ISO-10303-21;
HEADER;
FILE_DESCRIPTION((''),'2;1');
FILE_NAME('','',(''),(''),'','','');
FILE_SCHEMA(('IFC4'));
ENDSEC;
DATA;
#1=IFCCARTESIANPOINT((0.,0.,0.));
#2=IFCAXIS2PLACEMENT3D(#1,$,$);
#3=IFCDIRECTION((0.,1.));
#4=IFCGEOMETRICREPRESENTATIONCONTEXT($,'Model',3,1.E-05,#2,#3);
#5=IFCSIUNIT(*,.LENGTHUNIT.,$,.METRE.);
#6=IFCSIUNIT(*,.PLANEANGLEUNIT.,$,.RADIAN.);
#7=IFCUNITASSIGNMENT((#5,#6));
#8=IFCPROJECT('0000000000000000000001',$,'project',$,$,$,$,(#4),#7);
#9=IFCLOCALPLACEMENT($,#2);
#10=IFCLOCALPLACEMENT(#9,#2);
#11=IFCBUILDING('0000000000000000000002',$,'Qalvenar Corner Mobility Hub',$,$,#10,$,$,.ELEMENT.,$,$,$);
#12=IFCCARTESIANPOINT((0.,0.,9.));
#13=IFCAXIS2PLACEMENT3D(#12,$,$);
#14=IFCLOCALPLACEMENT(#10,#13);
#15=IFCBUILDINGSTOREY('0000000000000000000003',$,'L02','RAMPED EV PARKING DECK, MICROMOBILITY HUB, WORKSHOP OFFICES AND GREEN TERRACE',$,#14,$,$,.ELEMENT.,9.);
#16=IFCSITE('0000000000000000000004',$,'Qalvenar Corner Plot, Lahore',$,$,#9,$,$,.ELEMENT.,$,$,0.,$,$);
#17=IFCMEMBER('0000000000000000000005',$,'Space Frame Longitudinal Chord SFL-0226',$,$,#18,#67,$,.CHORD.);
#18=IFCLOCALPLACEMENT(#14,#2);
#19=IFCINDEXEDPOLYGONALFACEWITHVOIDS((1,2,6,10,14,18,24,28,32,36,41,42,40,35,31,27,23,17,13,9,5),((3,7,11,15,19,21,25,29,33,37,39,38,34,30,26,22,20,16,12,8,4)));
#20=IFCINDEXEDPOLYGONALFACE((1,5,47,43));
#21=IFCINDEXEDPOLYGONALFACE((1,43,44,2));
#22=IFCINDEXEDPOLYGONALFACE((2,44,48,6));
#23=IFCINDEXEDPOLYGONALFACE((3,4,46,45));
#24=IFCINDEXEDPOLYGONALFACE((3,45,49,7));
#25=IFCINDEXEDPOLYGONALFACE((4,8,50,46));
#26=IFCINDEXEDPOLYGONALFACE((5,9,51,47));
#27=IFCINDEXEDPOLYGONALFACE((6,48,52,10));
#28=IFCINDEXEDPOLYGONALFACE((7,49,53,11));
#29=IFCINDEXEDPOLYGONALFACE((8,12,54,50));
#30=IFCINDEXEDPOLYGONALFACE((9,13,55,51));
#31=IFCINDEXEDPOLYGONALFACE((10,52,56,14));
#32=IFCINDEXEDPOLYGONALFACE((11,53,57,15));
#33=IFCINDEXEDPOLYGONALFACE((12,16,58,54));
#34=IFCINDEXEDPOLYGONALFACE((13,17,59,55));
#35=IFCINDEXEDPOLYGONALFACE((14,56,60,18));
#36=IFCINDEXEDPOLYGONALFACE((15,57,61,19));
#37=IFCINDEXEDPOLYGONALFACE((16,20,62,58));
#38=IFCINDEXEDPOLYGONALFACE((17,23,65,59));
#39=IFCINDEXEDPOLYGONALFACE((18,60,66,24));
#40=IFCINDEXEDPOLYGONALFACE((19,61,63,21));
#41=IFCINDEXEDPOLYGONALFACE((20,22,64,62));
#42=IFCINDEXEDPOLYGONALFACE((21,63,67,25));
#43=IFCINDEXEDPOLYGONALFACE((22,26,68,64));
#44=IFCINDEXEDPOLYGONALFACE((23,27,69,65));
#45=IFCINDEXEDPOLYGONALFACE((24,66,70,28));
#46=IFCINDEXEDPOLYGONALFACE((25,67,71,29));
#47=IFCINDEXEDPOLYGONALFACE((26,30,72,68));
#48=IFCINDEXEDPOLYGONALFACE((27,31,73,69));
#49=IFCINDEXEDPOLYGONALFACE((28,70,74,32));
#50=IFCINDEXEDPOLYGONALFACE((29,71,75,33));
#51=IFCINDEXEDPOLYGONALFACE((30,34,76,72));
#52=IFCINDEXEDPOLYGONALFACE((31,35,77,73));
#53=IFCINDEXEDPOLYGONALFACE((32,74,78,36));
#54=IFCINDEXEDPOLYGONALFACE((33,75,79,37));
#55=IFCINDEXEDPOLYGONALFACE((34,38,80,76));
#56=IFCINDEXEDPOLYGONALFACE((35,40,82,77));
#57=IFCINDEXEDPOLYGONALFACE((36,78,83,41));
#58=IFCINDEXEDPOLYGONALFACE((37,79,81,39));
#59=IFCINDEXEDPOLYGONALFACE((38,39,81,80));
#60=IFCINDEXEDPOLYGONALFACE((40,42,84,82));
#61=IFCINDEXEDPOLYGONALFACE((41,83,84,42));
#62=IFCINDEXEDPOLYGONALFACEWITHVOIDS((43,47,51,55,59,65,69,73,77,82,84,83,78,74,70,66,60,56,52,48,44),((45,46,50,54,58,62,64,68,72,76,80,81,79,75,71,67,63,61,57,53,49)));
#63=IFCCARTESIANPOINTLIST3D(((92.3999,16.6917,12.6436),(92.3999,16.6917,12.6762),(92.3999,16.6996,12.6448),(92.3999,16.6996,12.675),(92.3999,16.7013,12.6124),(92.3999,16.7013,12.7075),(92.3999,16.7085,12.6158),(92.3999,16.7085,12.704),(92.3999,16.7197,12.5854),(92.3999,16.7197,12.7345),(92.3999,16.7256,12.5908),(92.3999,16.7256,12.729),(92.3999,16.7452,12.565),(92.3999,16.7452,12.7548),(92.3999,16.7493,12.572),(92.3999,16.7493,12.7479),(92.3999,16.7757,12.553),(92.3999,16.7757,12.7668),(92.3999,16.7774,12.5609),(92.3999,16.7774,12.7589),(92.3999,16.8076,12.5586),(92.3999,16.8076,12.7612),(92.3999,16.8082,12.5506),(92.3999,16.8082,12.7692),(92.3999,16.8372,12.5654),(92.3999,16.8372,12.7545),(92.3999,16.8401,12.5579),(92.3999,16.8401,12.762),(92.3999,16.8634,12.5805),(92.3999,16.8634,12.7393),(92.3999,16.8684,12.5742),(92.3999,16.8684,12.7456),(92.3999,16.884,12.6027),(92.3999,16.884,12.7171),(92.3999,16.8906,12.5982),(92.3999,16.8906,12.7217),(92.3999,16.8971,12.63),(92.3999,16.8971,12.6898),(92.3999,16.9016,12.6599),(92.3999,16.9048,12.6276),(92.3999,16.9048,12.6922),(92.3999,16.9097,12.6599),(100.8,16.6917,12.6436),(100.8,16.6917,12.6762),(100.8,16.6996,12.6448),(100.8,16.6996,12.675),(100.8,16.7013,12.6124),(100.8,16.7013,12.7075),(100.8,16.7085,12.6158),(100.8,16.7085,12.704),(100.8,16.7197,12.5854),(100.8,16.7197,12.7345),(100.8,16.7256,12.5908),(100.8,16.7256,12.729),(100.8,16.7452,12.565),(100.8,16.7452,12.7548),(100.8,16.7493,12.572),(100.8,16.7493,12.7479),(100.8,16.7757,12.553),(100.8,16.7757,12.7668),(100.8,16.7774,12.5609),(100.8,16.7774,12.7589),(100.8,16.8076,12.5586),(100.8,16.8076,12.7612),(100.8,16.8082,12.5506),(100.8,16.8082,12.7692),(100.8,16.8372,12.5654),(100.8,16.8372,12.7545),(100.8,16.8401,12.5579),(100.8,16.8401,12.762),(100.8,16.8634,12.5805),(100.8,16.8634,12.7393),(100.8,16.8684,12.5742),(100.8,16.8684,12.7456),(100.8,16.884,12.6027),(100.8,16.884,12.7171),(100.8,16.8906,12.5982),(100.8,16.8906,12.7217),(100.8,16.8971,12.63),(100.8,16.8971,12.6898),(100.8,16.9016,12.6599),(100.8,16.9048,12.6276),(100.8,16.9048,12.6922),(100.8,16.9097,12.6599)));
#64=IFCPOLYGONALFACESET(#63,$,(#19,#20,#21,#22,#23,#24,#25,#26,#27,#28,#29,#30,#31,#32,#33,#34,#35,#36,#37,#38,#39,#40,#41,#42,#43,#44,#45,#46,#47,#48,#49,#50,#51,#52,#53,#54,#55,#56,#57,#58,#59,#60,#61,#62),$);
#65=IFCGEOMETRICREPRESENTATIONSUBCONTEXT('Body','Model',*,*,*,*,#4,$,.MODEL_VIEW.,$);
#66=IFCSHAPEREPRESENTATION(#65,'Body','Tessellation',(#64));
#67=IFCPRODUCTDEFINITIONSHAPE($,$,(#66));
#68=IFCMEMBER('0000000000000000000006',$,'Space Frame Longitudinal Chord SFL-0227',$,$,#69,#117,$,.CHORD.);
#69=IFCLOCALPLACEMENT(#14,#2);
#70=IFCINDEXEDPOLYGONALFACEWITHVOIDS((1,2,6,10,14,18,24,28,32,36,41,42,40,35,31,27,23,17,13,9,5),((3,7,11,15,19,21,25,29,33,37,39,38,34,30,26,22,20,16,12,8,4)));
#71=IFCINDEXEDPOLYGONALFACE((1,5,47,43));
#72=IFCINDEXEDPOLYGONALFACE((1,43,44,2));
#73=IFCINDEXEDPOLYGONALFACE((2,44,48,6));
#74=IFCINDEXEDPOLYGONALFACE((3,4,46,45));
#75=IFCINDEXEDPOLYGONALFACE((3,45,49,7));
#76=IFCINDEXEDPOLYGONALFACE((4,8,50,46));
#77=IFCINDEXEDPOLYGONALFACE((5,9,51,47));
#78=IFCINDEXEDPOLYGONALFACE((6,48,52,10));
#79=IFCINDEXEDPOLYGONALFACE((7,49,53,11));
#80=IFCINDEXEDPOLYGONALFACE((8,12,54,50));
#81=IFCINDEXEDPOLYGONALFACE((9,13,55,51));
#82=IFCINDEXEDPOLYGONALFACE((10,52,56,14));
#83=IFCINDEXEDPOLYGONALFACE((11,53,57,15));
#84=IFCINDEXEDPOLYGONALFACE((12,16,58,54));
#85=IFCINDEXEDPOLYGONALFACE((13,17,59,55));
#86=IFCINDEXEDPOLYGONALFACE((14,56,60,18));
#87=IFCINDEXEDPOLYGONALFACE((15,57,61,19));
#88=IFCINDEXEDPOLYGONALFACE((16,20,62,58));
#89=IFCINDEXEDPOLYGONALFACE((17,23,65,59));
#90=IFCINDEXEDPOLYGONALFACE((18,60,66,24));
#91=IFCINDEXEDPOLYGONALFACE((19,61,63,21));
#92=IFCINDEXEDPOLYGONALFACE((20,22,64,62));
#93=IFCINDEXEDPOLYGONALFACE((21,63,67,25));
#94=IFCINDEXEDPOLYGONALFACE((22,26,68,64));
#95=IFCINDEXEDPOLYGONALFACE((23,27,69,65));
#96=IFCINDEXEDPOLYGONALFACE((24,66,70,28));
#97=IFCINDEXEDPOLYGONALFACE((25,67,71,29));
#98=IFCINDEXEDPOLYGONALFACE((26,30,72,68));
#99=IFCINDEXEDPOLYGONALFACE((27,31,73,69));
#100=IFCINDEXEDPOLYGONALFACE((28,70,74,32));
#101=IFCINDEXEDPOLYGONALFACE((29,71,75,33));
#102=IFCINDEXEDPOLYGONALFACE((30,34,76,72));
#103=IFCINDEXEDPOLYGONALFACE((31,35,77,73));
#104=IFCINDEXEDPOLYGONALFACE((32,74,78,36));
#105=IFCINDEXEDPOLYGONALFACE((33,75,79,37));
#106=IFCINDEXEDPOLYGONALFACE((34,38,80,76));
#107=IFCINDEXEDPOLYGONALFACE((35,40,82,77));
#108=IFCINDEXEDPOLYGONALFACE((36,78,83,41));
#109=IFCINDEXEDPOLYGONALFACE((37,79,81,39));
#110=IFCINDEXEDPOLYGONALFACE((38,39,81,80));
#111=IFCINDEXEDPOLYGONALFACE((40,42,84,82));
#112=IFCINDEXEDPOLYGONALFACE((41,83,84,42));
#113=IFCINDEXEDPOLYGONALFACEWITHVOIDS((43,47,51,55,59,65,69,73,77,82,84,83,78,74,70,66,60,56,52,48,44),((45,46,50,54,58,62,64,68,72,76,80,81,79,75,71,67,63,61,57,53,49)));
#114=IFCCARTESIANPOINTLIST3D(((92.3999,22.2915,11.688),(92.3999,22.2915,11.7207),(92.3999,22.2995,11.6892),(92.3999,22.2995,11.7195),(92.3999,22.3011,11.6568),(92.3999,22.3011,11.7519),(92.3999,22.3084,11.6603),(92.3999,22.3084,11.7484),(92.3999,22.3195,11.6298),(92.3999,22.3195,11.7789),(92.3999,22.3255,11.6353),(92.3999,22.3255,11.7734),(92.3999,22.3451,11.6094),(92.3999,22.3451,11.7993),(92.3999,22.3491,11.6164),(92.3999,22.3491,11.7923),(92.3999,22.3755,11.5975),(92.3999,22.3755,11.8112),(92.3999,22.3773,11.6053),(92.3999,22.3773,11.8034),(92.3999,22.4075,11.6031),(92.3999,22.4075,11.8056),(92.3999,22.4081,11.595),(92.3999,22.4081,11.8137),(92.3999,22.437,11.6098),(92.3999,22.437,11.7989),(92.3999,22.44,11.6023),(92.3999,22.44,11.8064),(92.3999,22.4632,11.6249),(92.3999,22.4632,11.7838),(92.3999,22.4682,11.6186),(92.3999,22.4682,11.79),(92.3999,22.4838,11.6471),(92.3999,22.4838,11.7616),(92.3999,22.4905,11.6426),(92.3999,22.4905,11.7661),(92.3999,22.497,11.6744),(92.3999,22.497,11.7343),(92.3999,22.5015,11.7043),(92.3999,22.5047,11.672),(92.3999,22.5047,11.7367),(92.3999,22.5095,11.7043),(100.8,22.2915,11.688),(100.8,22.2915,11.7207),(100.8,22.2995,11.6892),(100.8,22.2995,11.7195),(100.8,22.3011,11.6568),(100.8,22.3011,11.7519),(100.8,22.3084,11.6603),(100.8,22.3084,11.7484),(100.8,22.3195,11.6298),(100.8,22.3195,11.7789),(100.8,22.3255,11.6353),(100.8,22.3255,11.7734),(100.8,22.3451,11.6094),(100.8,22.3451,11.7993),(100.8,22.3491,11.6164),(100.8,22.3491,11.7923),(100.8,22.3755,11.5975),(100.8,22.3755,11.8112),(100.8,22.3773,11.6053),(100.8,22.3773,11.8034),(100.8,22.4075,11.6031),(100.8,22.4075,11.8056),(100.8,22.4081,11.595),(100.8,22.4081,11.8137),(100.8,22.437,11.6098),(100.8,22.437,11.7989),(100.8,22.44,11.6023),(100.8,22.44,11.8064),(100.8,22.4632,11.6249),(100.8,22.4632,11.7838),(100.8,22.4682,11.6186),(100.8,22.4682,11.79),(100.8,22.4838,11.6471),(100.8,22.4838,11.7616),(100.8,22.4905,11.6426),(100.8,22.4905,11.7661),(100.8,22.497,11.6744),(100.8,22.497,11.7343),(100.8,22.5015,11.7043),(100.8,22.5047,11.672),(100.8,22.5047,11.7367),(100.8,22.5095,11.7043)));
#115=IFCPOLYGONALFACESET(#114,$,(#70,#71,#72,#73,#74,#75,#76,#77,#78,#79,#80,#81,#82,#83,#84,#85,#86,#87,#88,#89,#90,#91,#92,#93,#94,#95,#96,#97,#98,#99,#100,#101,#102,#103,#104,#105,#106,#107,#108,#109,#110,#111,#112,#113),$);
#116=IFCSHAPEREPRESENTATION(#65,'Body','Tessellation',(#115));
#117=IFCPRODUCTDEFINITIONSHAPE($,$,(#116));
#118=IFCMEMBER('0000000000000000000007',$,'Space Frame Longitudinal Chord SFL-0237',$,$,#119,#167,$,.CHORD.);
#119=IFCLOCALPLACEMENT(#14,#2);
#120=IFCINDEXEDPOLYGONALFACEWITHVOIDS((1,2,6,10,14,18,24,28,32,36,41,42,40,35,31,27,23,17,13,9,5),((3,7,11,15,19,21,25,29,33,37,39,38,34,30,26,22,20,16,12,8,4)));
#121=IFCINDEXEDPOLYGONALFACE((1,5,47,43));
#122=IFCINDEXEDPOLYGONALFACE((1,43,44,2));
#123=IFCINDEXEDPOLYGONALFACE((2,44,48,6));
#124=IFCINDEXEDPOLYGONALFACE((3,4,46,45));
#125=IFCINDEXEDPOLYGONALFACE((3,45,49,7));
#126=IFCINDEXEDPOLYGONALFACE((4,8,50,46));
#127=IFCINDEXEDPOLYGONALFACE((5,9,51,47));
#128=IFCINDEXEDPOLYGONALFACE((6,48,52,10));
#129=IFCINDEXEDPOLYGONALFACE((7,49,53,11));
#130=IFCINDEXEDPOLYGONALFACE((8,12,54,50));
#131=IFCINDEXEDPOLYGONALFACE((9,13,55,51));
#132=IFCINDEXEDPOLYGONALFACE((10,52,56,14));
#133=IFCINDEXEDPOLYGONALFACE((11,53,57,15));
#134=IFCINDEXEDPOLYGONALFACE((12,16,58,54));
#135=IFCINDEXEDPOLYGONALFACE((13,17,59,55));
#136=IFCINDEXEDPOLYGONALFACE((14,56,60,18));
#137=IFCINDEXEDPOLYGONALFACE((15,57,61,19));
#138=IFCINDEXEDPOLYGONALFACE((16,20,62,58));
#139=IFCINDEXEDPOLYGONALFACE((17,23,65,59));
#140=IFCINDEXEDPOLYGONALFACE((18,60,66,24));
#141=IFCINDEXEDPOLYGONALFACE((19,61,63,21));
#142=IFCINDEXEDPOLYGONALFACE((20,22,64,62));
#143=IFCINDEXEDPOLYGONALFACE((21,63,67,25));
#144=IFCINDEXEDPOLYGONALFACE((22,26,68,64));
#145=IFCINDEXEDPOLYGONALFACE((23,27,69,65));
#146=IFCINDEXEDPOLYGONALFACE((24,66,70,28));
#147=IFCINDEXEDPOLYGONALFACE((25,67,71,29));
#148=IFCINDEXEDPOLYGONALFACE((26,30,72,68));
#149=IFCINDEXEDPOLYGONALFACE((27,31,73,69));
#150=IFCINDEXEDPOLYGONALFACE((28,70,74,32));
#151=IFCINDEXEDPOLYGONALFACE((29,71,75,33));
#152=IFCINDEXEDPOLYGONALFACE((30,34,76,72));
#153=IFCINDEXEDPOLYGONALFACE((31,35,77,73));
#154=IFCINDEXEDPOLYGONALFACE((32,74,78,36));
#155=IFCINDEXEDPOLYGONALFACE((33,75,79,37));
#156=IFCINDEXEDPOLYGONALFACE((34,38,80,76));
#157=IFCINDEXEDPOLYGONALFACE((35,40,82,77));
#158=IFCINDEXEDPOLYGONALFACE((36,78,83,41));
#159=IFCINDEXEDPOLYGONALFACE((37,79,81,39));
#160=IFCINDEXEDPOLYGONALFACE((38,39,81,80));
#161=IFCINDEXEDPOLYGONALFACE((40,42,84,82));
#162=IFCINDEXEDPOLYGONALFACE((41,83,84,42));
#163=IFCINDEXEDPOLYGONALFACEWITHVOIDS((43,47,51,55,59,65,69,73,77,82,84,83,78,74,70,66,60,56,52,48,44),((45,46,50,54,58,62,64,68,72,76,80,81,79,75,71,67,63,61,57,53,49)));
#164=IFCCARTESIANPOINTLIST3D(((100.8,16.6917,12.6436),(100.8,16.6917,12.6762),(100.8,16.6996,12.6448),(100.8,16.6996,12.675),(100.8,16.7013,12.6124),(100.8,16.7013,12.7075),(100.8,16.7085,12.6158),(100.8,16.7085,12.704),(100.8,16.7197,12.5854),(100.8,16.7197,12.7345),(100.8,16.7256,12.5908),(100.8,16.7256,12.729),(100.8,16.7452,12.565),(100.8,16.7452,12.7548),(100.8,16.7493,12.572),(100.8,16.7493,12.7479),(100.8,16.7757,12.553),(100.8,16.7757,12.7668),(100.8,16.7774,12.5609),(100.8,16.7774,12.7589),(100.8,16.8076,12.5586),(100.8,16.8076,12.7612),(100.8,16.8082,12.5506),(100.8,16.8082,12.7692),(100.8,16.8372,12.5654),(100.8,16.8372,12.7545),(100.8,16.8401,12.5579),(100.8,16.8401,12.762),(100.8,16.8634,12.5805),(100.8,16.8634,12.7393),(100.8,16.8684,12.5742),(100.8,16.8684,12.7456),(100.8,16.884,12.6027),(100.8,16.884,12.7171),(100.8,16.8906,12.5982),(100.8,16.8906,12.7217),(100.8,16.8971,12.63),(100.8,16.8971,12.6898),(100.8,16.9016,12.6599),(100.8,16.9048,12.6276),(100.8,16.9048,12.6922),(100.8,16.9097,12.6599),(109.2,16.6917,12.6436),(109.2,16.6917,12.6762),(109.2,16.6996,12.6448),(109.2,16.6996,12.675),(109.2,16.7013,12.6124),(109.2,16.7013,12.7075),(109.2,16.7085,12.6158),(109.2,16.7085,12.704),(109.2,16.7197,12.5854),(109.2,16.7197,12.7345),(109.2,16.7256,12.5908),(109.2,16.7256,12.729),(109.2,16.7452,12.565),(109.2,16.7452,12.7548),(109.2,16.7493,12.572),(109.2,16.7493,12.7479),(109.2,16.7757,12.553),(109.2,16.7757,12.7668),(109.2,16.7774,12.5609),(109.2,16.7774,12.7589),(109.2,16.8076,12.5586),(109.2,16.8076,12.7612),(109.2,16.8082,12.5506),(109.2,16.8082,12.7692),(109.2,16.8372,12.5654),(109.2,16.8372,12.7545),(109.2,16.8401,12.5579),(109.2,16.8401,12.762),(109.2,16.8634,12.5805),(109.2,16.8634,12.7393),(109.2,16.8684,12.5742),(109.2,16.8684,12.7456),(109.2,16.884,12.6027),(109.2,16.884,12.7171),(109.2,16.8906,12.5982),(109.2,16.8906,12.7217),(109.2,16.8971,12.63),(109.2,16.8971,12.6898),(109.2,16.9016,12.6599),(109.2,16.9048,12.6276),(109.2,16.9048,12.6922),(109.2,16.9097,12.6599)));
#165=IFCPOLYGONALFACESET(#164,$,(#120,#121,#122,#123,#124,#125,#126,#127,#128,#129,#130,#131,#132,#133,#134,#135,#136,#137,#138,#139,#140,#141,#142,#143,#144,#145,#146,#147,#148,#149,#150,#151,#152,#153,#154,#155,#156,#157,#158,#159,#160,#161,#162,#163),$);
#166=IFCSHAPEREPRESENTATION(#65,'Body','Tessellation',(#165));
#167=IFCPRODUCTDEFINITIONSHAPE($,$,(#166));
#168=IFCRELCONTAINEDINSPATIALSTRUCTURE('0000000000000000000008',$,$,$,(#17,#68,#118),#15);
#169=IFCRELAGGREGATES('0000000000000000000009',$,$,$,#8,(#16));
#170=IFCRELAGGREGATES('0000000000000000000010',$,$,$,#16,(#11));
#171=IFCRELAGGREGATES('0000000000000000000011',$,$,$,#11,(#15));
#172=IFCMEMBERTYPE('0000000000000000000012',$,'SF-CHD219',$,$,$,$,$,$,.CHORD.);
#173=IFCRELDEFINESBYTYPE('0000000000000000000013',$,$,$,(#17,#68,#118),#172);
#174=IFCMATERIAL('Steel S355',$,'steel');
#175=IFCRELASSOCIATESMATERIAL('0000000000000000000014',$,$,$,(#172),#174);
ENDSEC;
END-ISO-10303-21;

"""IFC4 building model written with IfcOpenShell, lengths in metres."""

from ifc_helpers import new_model, si_unit, direction, frame, origin, origin_2d, place, context, subcontext, project, spatial, hollow_circle, extrude, material, material_profile, profile_set, type_object, element, save


model = new_model("IFC4")

# Units and contexts
model_context = context("Model", 3, precision=1e-05, world=origin(), true_north=direction((0.0, 1.0)))
body_context = subcontext(model_context, "Body", "Model", "MODEL_VIEW")
ifc_project = project(units=[si_unit("LENGTHUNIT", "METRE"), si_unit("PLANEANGLEUNIT", "RADIAN")], contexts=[model_context])

# Site, building, storey
site_placement = place(None, origin())
site = spatial("IfcSite", under=ifc_project, at=site_placement, Name="Qalvenar Corner Plot, Lahore", CompositionType="ELEMENT", RefElevation=0.0)
building_placement = place(site_placement, origin())
building = spatial("IfcBuilding", under=site, at=building_placement, Name="Qalvenar Corner Mobility Hub", CompositionType="ELEMENT")
storey_placement = place(building_placement, frame((0.0, 0.0, 9.0)))
storey = spatial("IfcBuildingStorey", under=building, at=storey_placement, Name="L02", Description="RAMPED EV PARKING DECK, MICROMOBILITY HUB, WORKSHOP OFFICES AND GREEN TERRACE", CompositionType="ELEMENT", Elevation=9.0)

# Members
ifc_material_1 = material(Name="Steel S355", Category="steel")
ifc_material_profile_1 = material_profile(ifc_material_1, hollow_circle(Radius=0.1096, WallThickness=0.0081, at=origin_2d()), Name="CHS219.1x8")
ifc_profile_set_1 = profile_set([ifc_material_profile_1], Name="Steel S355")
member_type_1 = type_object("IfcMemberType", Name="SF-CHD219", PredefinedType="CHORD", material=ifc_profile_set_1)
for number, where, z_axis, x_axis, name in (
    (1, (92.3999, 16.8, 12.6599), (1.0, 0.0, 0.0), (0.0, 1.0, 0.0), "Space Frame Longitudinal Chord SFL-0226"),
    (2, (92.3999, 22.3999, 11.7043), (1.0, 0.0, 0.0), (0.0, 1.0, 0.0), "Space Frame Longitudinal Chord SFL-0227"),
):
    element("IfcMember", number, at=place(storey_placement, frame(where, z_axis=z_axis, x_axis=x_axis)), inside=storey, type_object=member_type_1, Name=name, PredefinedType="CHORD", context=body_context, shape_type="SweptSolid", body=[
        extrude(hollow_circle(Radius=0.1096, WallThickness=0.0081, at=origin_2d()), origin(), (0.0, 0.0, 1.0), 8.4001),
    ])
member_1_placement = place(storey_placement, frame((100.8, 16.8, 12.6599), z_axis=(1.0, 0.0, 0.0), x_axis=(0.0, 1.0, 0.0)))
element("IfcMember", 3, at=member_1_placement, inside=storey, type_object=member_type_1, Name="Space Frame Longitudinal Chord SFL-0237", PredefinedType="CHORD", context=body_context, shape_type="SweptSolid", body=[
    extrude(hollow_circle(Radius=0.1096, WallThickness=0.0081, at=origin_2d()), origin(), (0.0, 0.0, 1.0), 8.3999),
])

save(model, "model.ifc")
